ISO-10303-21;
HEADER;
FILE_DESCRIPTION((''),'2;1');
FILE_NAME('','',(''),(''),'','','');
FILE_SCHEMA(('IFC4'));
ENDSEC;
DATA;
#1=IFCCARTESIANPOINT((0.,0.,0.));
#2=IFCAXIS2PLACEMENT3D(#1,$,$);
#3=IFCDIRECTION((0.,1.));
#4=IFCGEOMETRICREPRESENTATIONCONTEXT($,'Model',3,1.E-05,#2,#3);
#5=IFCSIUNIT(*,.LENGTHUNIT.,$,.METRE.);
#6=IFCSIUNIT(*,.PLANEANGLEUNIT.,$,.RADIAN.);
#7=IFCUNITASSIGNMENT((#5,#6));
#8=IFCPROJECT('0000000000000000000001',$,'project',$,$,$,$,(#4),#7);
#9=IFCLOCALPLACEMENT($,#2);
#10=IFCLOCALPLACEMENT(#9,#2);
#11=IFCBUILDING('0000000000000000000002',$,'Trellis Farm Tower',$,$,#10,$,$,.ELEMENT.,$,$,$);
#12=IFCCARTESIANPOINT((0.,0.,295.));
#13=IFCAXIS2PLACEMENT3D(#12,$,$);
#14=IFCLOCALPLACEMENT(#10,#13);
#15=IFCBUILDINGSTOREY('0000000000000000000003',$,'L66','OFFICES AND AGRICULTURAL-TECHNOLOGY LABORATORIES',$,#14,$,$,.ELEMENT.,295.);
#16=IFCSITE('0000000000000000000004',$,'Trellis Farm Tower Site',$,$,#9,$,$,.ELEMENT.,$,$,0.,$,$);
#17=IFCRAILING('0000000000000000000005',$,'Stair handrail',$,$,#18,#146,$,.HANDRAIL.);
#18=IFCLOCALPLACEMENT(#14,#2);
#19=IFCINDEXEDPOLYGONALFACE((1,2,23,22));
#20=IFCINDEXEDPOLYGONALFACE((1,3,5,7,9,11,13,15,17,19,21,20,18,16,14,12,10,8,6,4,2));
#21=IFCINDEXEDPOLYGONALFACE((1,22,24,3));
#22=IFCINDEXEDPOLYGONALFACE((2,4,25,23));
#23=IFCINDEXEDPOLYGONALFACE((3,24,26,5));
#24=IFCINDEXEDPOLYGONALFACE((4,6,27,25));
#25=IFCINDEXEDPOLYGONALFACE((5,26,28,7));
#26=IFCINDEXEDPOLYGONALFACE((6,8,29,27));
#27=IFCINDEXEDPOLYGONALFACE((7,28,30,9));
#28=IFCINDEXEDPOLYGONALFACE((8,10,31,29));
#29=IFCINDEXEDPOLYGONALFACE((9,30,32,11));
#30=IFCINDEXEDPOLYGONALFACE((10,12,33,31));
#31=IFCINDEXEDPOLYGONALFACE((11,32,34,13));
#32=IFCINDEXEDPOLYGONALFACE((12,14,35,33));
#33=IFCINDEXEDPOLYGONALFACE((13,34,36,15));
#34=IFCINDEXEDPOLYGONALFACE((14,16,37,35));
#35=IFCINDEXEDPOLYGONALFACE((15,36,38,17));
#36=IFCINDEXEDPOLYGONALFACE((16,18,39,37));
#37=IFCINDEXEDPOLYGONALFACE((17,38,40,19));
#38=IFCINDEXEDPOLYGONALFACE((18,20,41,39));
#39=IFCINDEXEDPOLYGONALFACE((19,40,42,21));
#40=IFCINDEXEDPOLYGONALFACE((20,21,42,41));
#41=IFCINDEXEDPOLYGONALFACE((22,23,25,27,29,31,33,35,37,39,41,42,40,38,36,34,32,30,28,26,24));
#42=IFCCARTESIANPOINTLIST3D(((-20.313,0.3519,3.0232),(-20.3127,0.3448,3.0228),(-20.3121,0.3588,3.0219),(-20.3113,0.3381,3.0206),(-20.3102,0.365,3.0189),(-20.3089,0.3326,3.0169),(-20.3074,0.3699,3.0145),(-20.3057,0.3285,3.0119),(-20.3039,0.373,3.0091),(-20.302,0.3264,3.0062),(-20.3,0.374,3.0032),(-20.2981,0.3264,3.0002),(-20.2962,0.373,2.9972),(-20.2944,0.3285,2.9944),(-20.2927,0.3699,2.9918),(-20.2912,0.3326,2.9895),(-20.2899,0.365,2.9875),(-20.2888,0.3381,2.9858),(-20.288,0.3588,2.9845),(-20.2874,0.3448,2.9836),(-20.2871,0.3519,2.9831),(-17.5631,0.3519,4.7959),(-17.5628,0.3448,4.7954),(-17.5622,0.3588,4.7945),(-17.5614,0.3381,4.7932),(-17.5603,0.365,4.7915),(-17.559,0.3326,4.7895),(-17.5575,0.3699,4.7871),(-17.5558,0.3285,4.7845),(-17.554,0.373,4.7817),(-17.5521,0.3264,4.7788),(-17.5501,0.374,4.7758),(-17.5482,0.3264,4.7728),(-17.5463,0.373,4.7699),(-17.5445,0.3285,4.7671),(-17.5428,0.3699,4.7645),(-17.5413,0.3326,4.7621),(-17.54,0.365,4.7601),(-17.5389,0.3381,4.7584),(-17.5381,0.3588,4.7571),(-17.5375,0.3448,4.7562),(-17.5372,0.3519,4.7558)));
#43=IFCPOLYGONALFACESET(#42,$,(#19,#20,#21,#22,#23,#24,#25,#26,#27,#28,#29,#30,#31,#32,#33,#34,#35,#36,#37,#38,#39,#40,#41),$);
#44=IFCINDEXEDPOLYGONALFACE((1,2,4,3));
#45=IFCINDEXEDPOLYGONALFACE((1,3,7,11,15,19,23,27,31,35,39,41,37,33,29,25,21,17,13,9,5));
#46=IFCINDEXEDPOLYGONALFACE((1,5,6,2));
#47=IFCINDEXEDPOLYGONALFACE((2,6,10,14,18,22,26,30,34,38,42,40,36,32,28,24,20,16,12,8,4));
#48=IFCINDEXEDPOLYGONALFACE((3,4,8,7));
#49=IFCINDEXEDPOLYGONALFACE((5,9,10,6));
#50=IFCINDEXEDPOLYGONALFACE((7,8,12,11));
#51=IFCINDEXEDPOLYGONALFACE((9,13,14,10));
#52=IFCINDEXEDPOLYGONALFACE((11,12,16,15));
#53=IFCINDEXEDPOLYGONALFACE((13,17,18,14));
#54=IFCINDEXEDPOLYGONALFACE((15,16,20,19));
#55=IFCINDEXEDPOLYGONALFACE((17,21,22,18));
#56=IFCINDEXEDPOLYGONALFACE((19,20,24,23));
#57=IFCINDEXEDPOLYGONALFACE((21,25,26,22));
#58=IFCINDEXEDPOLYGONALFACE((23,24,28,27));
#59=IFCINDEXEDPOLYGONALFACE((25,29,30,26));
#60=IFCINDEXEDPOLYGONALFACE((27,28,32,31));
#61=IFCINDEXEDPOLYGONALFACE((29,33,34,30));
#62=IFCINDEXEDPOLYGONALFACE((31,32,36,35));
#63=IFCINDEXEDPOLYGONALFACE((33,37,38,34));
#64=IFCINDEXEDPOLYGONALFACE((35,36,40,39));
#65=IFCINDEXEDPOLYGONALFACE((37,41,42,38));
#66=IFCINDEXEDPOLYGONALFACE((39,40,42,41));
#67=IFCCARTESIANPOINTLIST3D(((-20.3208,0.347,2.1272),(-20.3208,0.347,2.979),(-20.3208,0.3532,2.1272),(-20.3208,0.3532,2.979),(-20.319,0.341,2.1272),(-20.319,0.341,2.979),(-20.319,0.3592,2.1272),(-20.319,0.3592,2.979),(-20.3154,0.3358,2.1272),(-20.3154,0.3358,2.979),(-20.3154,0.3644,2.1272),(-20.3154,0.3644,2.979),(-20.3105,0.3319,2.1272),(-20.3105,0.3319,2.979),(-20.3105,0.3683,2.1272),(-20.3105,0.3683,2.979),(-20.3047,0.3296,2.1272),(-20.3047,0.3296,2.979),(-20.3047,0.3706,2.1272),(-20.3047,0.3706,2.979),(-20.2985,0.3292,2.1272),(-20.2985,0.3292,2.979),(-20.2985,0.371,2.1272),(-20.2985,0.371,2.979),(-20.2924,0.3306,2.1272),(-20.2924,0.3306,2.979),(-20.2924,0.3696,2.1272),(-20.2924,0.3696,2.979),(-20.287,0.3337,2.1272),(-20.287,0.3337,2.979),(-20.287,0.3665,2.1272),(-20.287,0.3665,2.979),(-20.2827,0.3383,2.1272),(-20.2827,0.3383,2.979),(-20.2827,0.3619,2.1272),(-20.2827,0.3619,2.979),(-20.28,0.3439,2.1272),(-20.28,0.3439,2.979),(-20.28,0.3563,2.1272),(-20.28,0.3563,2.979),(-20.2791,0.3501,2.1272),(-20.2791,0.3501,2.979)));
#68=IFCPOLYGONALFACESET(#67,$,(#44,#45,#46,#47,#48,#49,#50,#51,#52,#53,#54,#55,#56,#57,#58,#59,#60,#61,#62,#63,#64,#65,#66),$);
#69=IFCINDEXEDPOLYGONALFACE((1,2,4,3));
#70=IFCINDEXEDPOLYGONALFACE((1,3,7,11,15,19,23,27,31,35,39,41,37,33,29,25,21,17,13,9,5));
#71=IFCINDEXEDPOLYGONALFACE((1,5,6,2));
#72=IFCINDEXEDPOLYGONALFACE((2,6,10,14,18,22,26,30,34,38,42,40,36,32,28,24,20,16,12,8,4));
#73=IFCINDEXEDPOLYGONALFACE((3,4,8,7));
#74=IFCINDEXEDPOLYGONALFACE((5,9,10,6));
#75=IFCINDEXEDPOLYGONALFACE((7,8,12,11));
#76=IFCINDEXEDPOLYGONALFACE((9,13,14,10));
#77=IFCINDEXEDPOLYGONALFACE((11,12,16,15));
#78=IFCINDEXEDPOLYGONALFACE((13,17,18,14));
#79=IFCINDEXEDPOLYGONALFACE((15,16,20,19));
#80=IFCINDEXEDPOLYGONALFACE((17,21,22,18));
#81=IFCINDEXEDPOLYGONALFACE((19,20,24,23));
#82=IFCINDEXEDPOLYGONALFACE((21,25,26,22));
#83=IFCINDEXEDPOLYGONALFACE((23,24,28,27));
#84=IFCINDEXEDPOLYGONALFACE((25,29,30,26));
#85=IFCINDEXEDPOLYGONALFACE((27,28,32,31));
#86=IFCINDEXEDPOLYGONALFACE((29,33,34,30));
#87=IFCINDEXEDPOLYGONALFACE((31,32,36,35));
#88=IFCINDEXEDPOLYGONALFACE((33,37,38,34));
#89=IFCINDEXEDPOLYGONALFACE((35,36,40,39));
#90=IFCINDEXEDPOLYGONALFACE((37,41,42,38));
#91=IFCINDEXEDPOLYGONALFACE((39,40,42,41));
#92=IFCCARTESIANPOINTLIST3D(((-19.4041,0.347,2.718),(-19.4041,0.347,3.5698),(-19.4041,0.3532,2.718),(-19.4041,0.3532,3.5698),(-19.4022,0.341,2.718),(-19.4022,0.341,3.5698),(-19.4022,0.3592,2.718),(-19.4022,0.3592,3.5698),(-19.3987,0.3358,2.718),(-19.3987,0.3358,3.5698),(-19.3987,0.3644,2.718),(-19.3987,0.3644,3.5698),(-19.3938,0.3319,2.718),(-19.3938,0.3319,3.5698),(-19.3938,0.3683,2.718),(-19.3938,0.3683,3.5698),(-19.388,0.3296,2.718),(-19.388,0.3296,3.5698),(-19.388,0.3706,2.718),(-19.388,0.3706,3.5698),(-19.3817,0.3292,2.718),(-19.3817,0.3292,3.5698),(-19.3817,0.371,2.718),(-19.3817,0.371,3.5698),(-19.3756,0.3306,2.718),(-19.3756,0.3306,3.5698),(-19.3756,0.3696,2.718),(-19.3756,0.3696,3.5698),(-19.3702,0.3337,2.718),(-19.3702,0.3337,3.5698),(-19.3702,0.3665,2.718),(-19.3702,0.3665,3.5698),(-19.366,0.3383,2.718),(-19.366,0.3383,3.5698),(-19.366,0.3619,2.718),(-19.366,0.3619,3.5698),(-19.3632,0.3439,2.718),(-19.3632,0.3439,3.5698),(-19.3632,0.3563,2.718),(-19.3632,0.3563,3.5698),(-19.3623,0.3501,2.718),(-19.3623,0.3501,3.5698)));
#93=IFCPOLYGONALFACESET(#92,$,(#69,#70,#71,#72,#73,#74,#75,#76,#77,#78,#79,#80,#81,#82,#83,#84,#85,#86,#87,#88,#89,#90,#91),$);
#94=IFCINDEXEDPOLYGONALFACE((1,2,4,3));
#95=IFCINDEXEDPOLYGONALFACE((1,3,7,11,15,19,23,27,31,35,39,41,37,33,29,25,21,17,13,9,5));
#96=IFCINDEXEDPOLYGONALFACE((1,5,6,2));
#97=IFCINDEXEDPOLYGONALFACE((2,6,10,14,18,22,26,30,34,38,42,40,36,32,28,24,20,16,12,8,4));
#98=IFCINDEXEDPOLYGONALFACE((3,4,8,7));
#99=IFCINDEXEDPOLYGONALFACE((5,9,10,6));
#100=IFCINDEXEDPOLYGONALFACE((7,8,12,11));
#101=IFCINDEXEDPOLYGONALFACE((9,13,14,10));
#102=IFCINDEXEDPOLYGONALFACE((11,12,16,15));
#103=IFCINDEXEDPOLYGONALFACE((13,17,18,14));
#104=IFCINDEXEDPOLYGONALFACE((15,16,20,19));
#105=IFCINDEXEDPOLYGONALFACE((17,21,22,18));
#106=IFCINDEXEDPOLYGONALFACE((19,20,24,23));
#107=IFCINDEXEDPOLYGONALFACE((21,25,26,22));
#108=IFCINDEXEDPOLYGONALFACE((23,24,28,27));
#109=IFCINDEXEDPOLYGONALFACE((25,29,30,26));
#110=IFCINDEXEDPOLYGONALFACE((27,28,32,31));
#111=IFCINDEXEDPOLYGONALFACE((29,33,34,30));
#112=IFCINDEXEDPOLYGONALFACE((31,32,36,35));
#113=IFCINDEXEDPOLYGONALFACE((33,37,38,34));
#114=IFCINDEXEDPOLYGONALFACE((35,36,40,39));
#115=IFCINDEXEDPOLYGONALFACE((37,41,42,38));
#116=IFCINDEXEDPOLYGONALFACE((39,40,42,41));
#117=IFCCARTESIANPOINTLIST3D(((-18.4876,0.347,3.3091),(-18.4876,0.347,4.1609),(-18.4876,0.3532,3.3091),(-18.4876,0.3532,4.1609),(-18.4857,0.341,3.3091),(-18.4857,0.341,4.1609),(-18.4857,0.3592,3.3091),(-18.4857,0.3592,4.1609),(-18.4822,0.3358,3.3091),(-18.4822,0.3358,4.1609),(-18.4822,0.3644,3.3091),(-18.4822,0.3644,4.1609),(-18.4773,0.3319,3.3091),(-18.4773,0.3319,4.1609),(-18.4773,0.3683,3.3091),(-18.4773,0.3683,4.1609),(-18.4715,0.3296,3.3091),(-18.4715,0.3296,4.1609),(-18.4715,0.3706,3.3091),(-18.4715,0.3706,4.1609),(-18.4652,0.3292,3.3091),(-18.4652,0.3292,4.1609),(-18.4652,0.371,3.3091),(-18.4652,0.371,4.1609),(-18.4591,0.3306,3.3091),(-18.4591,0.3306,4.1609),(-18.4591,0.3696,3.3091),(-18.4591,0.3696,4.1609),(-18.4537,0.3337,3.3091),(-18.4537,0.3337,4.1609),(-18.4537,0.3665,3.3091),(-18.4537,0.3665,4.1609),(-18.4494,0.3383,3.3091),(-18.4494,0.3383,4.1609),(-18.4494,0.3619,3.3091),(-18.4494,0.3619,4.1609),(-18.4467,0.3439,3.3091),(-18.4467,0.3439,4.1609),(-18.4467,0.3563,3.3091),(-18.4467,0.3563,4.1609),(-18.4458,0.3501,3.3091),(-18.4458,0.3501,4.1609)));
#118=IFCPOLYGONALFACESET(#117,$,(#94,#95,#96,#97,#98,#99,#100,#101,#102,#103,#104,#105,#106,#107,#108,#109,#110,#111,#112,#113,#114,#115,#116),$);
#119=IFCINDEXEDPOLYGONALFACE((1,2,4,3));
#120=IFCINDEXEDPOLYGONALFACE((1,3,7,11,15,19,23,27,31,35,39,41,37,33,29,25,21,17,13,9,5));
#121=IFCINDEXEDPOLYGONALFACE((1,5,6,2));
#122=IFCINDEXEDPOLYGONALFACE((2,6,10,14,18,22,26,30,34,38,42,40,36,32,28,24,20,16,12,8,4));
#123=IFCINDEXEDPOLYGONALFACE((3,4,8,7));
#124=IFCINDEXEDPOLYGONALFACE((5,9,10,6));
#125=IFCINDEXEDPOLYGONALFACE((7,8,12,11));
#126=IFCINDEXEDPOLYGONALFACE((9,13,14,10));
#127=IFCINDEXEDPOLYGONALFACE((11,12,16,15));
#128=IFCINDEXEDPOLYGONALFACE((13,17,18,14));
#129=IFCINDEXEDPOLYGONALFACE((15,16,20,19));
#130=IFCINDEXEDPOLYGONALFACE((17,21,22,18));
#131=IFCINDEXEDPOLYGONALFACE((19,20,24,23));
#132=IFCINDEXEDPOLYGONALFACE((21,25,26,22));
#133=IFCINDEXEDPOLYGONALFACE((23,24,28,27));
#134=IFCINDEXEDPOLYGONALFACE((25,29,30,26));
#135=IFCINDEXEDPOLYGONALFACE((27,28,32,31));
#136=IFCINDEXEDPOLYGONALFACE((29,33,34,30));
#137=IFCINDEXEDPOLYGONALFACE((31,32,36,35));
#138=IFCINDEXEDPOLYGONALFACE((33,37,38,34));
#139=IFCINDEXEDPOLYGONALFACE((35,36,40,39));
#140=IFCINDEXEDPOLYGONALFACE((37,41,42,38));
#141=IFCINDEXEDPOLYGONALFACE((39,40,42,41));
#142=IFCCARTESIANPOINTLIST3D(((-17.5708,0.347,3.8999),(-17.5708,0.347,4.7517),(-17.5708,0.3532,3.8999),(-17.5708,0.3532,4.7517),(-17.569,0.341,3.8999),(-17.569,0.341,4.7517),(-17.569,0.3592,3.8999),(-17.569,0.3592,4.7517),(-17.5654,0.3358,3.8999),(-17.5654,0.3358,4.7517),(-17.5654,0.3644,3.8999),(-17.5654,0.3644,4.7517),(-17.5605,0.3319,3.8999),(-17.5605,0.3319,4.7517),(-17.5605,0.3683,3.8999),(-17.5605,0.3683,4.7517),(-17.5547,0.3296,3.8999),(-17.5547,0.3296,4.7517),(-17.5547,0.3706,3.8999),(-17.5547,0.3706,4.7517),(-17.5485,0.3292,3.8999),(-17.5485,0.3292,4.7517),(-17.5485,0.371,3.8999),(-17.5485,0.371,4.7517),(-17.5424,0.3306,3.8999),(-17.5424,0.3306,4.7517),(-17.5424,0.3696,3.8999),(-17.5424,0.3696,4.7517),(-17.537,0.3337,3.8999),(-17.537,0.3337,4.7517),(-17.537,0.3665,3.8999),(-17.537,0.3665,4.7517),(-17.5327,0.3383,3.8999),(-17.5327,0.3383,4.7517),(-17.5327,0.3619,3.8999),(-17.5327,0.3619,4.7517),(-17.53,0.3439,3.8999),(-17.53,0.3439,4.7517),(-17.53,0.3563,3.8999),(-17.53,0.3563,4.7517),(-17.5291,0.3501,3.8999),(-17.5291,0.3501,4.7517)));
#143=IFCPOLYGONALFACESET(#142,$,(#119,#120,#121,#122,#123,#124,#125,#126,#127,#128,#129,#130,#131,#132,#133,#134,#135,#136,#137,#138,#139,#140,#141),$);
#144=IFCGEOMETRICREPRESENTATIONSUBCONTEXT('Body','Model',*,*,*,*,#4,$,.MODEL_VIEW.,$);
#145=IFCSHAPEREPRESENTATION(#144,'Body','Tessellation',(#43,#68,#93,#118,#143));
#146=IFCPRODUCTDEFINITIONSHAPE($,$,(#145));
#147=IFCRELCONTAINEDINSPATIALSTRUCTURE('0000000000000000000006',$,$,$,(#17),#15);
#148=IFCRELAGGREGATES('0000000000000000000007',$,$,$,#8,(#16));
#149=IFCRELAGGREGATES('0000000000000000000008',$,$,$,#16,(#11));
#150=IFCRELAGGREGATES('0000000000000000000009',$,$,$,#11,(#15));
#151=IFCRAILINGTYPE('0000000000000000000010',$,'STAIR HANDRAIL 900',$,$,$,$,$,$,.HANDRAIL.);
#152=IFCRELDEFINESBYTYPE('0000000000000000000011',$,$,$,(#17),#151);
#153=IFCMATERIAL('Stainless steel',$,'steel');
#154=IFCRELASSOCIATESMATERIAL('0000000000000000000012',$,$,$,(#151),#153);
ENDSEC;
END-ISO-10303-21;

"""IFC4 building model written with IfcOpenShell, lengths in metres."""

from ifc_helpers import new_model, si_unit, direction, frame, origin, origin_2d, place, context, subcontext, project, spatial, circle, extrude, source, transform, mapped, material, type_object, element, save


model = new_model("IFC4")

# Units and contexts
model_context = context("Model", 3, precision=1e-05, world=origin(), true_north=direction((0.0, 1.0)))
body_context = subcontext(model_context, "Body", "Model", "MODEL_VIEW")
ifc_project = project(units=[si_unit("LENGTHUNIT", "METRE"), si_unit("PLANEANGLEUNIT", "RADIAN")], contexts=[model_context])

# Site, building, storey
site_placement = place(None, origin())
site = spatial("IfcSite", under=ifc_project, at=site_placement, Name="Trellis Farm Tower Site", CompositionType="ELEMENT", RefElevation=0.0)
building_placement = place(site_placement, origin())
building = spatial("IfcBuilding", under=site, at=building_placement, Name="Trellis Farm Tower", CompositionType="ELEMENT")
storey_placement = place(building_placement, frame((0.0, 0.0, 295.0)))
storey = spatial("IfcBuildingStorey", under=building, at=storey_placement, Name="L66", Description="OFFICES AND AGRICULTURAL-TECHNOLOGY LABORATORIES", CompositionType="ELEMENT", Elevation=295.0)

# Railing
ifc_material_1 = material(Name="Stainless steel", Category="steel")
railing_type = type_object("IfcRailingType", Name="STAIR HANDRAIL 900", PredefinedType="HANDRAIL", material=ifc_material_1)
shared_shape_1 = source(origin(), body_context, "Body", "SweptSolid", [
    extrude(circle(Radius=0.0239, at=origin_2d()), frame((0.0, 0.0, 0.876), z_axis=(0.840504, 0.0, 0.541806), x_axis=(0.0, 1.0, 0.0)), (0.0, 0.0, 1.0), 3.2717),
    extrude(circle(Radius=0.021, at=origin_2d()), origin(), (0.0, 0.0, 1.0), 0.8518),
    extrude(circle(Radius=0.021, at=origin_2d()), frame((0.9167, 0.0, 0.5908)), (0.0, 0.0, 1.0), 0.8518),
    extrude(circle(Radius=0.021, at=origin_2d()), frame((1.8333, 0.0, 1.1819)), (0.0, 0.0, 1.0), 0.8518),
    extrude(circle(Radius=0.021, at=origin_2d()), frame((2.75, 0.0, 1.7727)), (0.0, 0.0, 1.0), 0.8518),
])
for number, where, name in (
    (1, (-20.3, 0.3501, 2.1272), "Stair handrail"),
):
    element("IfcRailing", number, at=place(storey_placement, frame(where)), inside=storey, type_object=railing_type, Name=name, PredefinedType="HANDRAIL", context=body_context, shape_type="MappedRepresentation", body=[
        mapped(shared_shape_1, transform((0.0, 0.0, 0.0))),
    ])

save(model, "model.ifc")
